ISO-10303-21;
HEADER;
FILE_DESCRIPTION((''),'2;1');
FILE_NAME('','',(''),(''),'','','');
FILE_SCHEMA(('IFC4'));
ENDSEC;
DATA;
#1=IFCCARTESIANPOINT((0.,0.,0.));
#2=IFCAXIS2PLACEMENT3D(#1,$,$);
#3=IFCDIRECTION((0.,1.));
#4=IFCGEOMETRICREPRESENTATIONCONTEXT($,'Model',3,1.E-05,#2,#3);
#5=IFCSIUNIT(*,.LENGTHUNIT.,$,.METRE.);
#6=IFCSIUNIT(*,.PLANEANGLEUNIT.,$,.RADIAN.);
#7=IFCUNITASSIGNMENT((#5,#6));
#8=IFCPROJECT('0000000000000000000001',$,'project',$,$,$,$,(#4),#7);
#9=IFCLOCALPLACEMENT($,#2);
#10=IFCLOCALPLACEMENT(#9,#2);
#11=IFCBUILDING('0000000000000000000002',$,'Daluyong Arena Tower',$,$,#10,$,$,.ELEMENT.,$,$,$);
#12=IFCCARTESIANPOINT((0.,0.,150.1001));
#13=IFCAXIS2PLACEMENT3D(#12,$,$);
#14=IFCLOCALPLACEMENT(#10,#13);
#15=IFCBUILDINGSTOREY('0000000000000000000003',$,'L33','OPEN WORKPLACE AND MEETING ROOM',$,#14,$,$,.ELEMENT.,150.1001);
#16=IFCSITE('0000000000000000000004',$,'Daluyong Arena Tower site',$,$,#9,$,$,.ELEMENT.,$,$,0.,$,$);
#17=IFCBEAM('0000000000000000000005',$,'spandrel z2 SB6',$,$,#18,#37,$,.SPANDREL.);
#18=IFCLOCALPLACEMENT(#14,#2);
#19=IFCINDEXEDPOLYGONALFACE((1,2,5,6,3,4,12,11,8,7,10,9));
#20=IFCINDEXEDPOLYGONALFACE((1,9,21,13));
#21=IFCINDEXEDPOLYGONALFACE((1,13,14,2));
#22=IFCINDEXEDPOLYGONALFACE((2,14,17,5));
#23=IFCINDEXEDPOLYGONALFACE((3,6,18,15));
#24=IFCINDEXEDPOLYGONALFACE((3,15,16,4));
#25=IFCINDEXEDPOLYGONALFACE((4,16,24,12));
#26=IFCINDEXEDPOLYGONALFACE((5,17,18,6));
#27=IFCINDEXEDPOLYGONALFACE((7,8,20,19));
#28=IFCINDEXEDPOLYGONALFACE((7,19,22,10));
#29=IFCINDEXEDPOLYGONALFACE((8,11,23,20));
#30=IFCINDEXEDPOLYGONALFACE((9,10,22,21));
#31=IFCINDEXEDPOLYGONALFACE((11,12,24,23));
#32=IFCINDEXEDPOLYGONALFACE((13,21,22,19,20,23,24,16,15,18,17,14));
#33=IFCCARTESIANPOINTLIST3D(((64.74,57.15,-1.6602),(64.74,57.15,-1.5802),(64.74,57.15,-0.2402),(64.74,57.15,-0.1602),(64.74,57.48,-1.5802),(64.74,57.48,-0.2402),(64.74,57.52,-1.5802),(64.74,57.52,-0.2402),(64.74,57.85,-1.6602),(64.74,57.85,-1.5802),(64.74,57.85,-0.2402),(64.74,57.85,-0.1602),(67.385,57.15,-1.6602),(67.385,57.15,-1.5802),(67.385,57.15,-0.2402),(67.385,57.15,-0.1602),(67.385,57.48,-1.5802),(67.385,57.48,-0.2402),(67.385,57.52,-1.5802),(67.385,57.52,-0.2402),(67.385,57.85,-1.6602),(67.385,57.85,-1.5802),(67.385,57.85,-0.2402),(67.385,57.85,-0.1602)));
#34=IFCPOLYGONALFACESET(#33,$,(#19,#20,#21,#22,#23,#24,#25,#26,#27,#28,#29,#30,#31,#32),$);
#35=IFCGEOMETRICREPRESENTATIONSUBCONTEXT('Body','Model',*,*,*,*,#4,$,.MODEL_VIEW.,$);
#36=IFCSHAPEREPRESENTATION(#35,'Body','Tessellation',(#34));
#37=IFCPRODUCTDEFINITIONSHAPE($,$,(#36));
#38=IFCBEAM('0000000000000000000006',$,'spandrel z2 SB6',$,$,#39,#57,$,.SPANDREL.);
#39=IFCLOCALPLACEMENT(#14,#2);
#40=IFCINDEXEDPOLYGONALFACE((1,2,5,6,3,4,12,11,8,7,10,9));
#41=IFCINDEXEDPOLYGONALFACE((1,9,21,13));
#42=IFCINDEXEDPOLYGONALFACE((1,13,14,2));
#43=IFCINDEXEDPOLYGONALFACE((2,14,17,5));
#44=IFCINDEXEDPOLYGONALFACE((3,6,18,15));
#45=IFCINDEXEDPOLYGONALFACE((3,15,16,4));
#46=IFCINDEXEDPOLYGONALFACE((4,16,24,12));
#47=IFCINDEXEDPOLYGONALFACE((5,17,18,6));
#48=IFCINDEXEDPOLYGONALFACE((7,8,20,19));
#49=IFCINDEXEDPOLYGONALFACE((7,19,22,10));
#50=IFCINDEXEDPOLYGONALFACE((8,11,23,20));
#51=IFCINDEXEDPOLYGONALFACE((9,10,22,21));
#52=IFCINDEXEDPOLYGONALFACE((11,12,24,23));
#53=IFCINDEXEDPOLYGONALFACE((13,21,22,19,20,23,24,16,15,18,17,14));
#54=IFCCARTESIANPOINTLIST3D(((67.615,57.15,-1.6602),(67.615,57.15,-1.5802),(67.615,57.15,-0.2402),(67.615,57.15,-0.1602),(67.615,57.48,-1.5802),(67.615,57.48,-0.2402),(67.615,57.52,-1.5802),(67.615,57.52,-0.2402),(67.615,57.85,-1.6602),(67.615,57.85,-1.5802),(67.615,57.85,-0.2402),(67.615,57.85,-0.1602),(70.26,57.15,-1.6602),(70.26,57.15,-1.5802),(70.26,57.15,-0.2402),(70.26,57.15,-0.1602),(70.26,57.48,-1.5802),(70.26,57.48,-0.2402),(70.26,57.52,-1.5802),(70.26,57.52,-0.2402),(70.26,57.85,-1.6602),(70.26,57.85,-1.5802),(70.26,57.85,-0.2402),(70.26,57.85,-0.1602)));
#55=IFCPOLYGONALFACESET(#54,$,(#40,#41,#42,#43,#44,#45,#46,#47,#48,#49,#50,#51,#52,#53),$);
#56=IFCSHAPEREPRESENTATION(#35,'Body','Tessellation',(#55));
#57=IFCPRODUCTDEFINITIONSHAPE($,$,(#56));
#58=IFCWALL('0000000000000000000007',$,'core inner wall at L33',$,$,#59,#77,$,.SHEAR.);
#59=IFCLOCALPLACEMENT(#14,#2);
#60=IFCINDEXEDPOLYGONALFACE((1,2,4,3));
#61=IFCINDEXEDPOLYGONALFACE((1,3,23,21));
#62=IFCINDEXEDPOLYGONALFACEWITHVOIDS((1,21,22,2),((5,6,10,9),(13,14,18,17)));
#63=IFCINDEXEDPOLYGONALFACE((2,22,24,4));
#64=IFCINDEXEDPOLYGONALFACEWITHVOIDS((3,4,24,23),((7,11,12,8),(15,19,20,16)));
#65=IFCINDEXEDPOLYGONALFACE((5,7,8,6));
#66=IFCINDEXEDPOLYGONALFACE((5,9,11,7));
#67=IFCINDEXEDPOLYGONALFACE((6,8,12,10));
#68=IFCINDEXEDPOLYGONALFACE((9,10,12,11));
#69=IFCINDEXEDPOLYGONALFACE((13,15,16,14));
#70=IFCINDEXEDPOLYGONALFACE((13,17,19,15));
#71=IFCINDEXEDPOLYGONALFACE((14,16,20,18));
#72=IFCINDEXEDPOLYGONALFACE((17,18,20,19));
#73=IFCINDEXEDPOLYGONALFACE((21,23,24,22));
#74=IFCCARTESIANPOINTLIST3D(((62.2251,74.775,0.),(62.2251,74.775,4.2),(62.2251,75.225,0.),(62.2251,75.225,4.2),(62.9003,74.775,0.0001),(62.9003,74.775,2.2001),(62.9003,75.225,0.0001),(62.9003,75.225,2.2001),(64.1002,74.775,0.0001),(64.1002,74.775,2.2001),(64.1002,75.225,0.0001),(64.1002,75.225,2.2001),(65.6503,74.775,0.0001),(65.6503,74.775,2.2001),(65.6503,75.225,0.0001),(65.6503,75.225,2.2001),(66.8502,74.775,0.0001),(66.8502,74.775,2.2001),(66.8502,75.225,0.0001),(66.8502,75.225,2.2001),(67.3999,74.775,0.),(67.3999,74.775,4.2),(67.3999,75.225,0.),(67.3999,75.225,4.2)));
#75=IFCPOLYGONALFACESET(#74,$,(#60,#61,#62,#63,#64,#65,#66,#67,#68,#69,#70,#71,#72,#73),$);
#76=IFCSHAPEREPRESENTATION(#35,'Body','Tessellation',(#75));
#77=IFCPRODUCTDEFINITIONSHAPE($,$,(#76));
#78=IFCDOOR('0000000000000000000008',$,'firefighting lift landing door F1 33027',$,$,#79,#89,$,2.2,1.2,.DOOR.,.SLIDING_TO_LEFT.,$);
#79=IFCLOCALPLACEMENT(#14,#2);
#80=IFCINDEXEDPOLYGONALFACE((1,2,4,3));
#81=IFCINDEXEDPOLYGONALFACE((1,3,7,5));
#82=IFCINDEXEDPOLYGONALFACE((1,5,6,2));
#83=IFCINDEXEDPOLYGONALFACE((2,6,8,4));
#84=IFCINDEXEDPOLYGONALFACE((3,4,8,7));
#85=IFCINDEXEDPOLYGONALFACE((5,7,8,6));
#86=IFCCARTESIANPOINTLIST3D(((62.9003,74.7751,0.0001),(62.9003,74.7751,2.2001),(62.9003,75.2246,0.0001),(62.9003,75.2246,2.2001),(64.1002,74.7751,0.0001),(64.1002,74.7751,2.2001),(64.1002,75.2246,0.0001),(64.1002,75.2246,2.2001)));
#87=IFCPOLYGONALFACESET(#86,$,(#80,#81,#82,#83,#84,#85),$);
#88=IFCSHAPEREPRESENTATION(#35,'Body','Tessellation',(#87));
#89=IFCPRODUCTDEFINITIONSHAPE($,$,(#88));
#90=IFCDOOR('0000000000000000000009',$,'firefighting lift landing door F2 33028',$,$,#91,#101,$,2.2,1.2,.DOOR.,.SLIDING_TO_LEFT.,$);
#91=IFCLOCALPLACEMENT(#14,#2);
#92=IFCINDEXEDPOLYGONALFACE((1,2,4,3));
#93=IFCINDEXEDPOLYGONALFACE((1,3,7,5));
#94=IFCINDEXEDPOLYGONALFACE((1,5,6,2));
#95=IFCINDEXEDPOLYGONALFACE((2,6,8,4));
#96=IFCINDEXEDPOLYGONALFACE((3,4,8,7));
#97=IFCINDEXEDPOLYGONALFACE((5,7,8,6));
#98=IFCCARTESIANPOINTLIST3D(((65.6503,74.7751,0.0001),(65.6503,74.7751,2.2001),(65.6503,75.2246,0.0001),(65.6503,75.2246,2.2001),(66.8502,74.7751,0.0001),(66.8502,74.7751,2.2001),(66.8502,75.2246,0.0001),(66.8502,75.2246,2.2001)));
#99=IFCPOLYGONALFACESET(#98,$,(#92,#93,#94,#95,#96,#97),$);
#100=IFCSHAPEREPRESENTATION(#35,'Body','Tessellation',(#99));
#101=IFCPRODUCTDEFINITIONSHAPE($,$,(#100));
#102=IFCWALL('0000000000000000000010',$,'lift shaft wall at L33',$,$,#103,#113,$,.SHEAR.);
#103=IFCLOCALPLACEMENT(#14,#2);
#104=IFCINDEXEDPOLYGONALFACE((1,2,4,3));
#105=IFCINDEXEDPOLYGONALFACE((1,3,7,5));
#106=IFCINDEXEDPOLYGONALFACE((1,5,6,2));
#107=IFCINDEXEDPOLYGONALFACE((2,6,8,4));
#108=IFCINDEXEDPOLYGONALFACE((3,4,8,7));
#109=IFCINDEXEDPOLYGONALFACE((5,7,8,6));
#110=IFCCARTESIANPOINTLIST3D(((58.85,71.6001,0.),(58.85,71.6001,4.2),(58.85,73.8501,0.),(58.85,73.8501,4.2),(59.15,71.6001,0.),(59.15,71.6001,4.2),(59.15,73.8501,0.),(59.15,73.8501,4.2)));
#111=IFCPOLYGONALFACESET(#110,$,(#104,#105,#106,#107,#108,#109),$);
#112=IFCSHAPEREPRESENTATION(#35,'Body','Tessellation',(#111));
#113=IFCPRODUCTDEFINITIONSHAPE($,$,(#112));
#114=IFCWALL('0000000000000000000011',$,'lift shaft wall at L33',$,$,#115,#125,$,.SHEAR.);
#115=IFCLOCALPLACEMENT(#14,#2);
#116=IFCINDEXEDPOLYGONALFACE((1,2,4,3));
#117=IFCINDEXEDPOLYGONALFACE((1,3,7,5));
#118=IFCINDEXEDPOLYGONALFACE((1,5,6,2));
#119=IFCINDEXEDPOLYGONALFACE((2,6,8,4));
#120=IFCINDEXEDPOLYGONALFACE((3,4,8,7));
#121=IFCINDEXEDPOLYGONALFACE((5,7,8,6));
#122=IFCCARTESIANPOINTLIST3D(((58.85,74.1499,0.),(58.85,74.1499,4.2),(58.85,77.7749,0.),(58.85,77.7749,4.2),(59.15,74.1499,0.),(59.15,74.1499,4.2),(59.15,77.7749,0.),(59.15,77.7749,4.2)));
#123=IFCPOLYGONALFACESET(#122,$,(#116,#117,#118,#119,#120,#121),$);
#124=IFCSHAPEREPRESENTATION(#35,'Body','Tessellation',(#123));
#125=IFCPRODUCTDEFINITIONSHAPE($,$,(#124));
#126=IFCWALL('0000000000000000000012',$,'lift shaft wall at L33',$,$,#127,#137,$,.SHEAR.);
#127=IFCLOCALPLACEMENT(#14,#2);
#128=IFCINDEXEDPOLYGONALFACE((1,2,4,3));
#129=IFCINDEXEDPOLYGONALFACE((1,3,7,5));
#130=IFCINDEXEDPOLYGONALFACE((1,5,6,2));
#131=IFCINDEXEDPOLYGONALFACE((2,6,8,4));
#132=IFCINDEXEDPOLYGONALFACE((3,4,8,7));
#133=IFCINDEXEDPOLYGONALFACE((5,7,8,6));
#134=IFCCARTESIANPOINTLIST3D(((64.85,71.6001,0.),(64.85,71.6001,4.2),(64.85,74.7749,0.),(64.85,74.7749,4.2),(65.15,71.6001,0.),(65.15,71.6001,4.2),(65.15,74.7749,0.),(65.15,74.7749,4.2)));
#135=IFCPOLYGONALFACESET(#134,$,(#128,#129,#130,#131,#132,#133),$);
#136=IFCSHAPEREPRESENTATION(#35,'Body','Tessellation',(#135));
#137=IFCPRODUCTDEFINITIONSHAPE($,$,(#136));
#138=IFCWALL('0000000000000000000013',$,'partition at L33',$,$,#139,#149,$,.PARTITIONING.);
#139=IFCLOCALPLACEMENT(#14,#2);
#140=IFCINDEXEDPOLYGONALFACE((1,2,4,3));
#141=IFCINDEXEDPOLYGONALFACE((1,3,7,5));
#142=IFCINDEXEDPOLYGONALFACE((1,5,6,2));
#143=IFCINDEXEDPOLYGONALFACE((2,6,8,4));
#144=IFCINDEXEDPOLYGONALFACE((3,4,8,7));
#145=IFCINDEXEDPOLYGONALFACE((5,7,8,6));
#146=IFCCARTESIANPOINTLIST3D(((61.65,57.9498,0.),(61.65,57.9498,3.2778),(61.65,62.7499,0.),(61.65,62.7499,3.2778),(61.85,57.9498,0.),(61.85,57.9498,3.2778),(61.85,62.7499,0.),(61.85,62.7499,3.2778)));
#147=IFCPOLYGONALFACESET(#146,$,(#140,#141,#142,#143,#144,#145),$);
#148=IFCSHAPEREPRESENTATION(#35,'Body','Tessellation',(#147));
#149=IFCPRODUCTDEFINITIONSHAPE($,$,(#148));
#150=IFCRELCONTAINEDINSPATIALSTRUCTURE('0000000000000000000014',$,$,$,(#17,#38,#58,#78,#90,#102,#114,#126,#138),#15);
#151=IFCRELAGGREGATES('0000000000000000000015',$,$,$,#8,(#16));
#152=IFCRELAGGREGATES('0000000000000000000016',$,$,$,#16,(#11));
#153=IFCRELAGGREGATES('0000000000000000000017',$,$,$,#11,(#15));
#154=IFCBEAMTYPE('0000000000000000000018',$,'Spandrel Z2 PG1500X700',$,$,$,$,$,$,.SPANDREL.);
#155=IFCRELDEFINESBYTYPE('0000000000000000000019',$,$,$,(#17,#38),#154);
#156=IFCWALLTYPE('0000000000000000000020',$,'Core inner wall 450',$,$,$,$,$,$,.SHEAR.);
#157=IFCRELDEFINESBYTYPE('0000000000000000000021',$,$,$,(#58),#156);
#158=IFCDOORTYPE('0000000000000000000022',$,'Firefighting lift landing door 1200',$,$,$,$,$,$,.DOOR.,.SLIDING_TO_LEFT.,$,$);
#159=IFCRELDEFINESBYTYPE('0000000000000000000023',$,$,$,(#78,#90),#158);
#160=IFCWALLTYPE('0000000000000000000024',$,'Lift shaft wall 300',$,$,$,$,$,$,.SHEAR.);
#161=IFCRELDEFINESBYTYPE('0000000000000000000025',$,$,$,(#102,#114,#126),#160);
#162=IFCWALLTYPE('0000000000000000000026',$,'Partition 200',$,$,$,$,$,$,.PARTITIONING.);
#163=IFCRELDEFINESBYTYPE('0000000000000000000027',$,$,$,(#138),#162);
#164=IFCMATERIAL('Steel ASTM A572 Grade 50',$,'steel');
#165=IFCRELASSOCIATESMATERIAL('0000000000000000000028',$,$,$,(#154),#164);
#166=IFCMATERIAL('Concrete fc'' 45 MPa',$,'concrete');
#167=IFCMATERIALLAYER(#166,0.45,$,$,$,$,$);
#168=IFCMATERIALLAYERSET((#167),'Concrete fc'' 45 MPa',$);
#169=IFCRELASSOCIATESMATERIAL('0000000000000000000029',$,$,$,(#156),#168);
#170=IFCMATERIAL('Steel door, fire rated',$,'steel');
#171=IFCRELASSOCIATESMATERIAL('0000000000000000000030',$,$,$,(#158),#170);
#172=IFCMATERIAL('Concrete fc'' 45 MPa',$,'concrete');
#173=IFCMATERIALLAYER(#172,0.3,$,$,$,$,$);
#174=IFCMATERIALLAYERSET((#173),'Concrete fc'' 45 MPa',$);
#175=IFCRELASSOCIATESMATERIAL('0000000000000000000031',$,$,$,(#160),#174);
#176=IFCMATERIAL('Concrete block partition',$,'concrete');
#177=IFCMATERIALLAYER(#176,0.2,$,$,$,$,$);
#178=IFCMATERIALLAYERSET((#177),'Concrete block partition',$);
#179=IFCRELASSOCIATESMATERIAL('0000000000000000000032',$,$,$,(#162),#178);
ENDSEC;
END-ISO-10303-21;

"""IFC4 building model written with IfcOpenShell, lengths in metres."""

from ifc_helpers import new_model, si_unit, direction, frame, frame_2d, origin, origin_2d, place, context, subcontext, project, spatial, rectangle, i_section, extrude, material, layer, layer_set, material_profile, profile_set, type_object, element, fill, save


model = new_model("IFC4")

# Units and contexts
model_context = context("Model", 3, precision=1e-05, world=origin(), true_north=direction((0.0, 1.0)))
body_context = subcontext(model_context, "Body", "Model", "MODEL_VIEW")
ifc_project = project(units=[si_unit("LENGTHUNIT", "METRE"), si_unit("PLANEANGLEUNIT", "RADIAN")], contexts=[model_context])

# Site, building, storey
site_placement = place(None, origin())
site = spatial("IfcSite", under=ifc_project, at=site_placement, Name="Daluyong Arena Tower site", CompositionType="ELEMENT", RefElevation=0.0)
building_placement = place(site_placement, origin())
building = spatial("IfcBuilding", under=site, at=building_placement, Name="Daluyong Arena Tower", CompositionType="ELEMENT")
storey_placement = place(building_placement, frame((0.0, 0.0, 150.1001)))
storey = spatial("IfcBuildingStorey", under=building, at=storey_placement, Name="L33", Description="OPEN WORKPLACE AND MEETING ROOM", CompositionType="ELEMENT", Elevation=150.1001)

# Beams
ifc_material_1 = material(Name="Steel ASTM A572 Grade 50", Category="steel")
ifc_material_profile_1 = material_profile(ifc_material_1, i_section(OverallWidth=0.7, OverallDepth=1.5, WebThickness=0.04, FlangeThickness=0.08, at=origin_2d()))
ifc_profile_set_1 = profile_set([ifc_material_profile_1], Name="Steel ASTM A572 Grade 50")
beam_type_1 = type_object("IfcBeamType", Name="Spandrel Z2 PG1500X700", PredefinedType="SPANDREL", material=ifc_profile_set_1)
for number, where, z_axis, x_axis, name in (
    (1, (64.74, 57.5, -0.9102), (1.0, 0.0, 0.0), (0.0, 1.0, 0.0), "spandrel z2 SB6"),
    (2, (67.615, 57.5, -0.9102), (1.0, 0.0, 0.0), (0.0, 1.0, 0.0), "spandrel z2 SB6"),
):
    element("IfcBeam", number, at=place(storey_placement, frame(where, z_axis=z_axis, x_axis=x_axis)), inside=storey, type_object=beam_type_1, Name=name, PredefinedType="SPANDREL", context=body_context, shape_type="SweptSolid", body=[
        extrude(i_section(OverallWidth=0.7, OverallDepth=1.5, WebThickness=0.04, FlangeThickness=0.08, at=origin_2d()), origin(), (0.0, 0.0, 1.0), 2.645),
    ])

# Shared definitions
ifc_material_2 = material(Name="Concrete fc' 45 MPa", Category="concrete")
ifc_layer_1 = layer(ifc_material_2, 0.45)
ifc_layer_set_1 = layer_set([ifc_layer_1], Name="Concrete fc' 45 MPa")
wall_type_1 = type_object("IfcWallType", Name="Core inner wall 450", PredefinedType="SHEAR", material=ifc_layer_set_1)

# Wall, openings, doors
wall_1_placement = place(storey_placement, frame((62.2251, 75.0, 0.0), z_axis=(0.0, 0.0, 1.0), x_axis=(1.0, 0.0, 0.0)))
wall_1 = element("IfcWall", 3, at=wall_1_placement, inside=storey, type_object=wall_type_1, Name="core inner wall at L33", PredefinedType="SHEAR", context=body_context, shape_type="SweptSolid", body=[
    extrude(rectangle(XDim=5.1748, YDim=0.45, at=frame_2d((2.5874, 0.0))), origin(), (0.0, 0.0, 1.0), 4.2),
])
opening_1_placement = place(wall_1_placement, frame((0.675, 0.0, 0.0)))
opening_1 = element("IfcOpeningElement", 4, at=opening_1_placement, cuts=wall_1, PredefinedType="OPENING", context=body_context, shape_type="SweptSolid", body=[
    extrude(rectangle(XDim=1.2, YDim=2.2, at=frame_2d((0.6001, 1.1001))), frame((0.0, 0.2349, 0.0), z_axis=(0.0, -1.0, 0.0), x_axis=(1.0, 0.0, 0.0)), (0.0, 0.0, 1.0), 0.47),
])
opening_2_placement = place(wall_1_placement, frame((3.425, 0.0, 0.0)))
opening_2 = element("IfcOpeningElement", 5, at=opening_2_placement, cuts=wall_1, PredefinedType="OPENING", context=body_context, shape_type="SweptSolid", body=[
    extrude(rectangle(XDim=1.2, YDim=2.2, at=frame_2d((0.6001, 1.1001))), frame((0.0, 0.2349, 0.0), z_axis=(0.0, -1.0, 0.0), x_axis=(1.0, 0.0, 0.0)), (0.0, 0.0, 1.0), 0.47),
])
ifc_material_3 = material(Name="Steel door, fire rated", Category="steel")
door_type_1 = type_object("IfcDoorType", Name="Firefighting lift landing door 1200", OperationType="SLIDING_TO_LEFT", PredefinedType="DOOR", material=ifc_material_3)
door_1_placement = place(opening_1_placement, origin())
door_1 = element("IfcDoor", 6, at=door_1_placement, inside=storey, type_object=door_type_1, Name="firefighting lift landing door F1 33027", OperationType="SLIDING_TO_LEFT", OverallHeight=2.2, OverallWidth=1.2, PredefinedType="DOOR", context=body_context, shape_type="SweptSolid", body=[
    extrude(rectangle(XDim=1.2, YDim=2.2, at=frame_2d((0.6001, 1.1001))), frame((0.0, 0.2246, 0.0), z_axis=(0.0, -1.0, 0.0), x_axis=(1.0, 0.0, 0.0)), (0.0, 0.0, 1.0), 0.4495),
])
fill(opening_1, door_1)
door_2_placement = place(opening_2_placement, origin())
door_2 = element("IfcDoor", 7, at=door_2_placement, inside=storey, type_object=door_type_1, Name="firefighting lift landing door F2 33028", OperationType="SLIDING_TO_LEFT", OverallHeight=2.2, OverallWidth=1.2, PredefinedType="DOOR", context=body_context, shape_type="SweptSolid", body=[
    extrude(rectangle(XDim=1.2, YDim=2.2, at=frame_2d((0.6001, 1.1001))), frame((0.0, 0.2246, 0.0), z_axis=(0.0, -1.0, 0.0), x_axis=(1.0, 0.0, 0.0)), (0.0, 0.0, 1.0), 0.4495),
])
fill(opening_2, door_2)

# Walls
ifc_material_4 = material(Name="Concrete fc' 45 MPa", Category="concrete")
ifc_layer_2 = layer(ifc_material_4, 0.3)
ifc_layer_set_2 = layer_set([ifc_layer_2], Name="Concrete fc' 45 MPa")
wall_type_2 = type_object("IfcWallType", Name="Lift shaft wall 300", PredefinedType="SHEAR", material=ifc_layer_set_2)
wall_2_placement = place(storey_placement, frame((59.0, 71.6001, 0.0), z_axis=(0.0, 0.0, 1.0), x_axis=(0.0, 1.0, 0.0)))
element("IfcWall", 8, at=wall_2_placement, inside=storey, type_object=wall_type_2, Name="lift shaft wall at L33", PredefinedType="SHEAR", context=body_context, shape_type="SweptSolid", body=[
    extrude(rectangle(XDim=2.25, YDim=0.3, at=frame_2d((1.125, 0.0))), origin(), (0.0, 0.0, 1.0), 4.2),
])
wall_3_placement = place(storey_placement, frame((59.0, 74.1499, 0.0), z_axis=(0.0, 0.0, 1.0), x_axis=(0.0, 1.0, 0.0)))
element("IfcWall", 9, at=wall_3_placement, inside=storey, type_object=wall_type_2, Name="lift shaft wall at L33", PredefinedType="SHEAR", context=body_context, shape_type="SweptSolid", body=[
    extrude(rectangle(XDim=3.625, YDim=0.3, at=frame_2d((1.8125, 0.0))), origin(), (0.0, 0.0, 1.0), 4.2),
])
wall_4_placement = place(storey_placement, frame((65.0, 71.6001, 0.0), z_axis=(0.0, 0.0, 1.0), x_axis=(0.0, 1.0, 0.0)))
element("IfcWall", 10, at=wall_4_placement, inside=storey, type_object=wall_type_2, Name="lift shaft wall at L33", PredefinedType="SHEAR", context=body_context, shape_type="SweptSolid", body=[
    extrude(rectangle(XDim=3.1748, YDim=0.3, at=frame_2d((1.5874, 0.0))), origin(), (0.0, 0.0, 1.0), 4.2),
])
ifc_material_5 = material(Name="Concrete block partition", Category="concrete")
ifc_layer_3 = layer(ifc_material_5, 0.2)
ifc_layer_set_3 = layer_set([ifc_layer_3], Name="Concrete block partition")
wall_type_3 = type_object("IfcWallType", Name="Partition 200", PredefinedType="PARTITIONING", material=ifc_layer_set_3)
wall_5_placement = place(storey_placement, frame((61.75, 57.95, 0.0), z_axis=(0.0, 0.0, 1.0), x_axis=(0.0, 1.0, 0.0)))
element("IfcWall", 11, at=wall_5_placement, inside=storey, type_object=wall_type_3, Name="partition at L33", PredefinedType="PARTITIONING", context=body_context, shape_type="SweptSolid", body=[
    extrude(rectangle(XDim=4.8, YDim=0.2, at=frame_2d((2.3999, 0.0))), origin(), (0.0, 0.0, 1.0), 3.2778),
])

save(model, "model.ifc")
